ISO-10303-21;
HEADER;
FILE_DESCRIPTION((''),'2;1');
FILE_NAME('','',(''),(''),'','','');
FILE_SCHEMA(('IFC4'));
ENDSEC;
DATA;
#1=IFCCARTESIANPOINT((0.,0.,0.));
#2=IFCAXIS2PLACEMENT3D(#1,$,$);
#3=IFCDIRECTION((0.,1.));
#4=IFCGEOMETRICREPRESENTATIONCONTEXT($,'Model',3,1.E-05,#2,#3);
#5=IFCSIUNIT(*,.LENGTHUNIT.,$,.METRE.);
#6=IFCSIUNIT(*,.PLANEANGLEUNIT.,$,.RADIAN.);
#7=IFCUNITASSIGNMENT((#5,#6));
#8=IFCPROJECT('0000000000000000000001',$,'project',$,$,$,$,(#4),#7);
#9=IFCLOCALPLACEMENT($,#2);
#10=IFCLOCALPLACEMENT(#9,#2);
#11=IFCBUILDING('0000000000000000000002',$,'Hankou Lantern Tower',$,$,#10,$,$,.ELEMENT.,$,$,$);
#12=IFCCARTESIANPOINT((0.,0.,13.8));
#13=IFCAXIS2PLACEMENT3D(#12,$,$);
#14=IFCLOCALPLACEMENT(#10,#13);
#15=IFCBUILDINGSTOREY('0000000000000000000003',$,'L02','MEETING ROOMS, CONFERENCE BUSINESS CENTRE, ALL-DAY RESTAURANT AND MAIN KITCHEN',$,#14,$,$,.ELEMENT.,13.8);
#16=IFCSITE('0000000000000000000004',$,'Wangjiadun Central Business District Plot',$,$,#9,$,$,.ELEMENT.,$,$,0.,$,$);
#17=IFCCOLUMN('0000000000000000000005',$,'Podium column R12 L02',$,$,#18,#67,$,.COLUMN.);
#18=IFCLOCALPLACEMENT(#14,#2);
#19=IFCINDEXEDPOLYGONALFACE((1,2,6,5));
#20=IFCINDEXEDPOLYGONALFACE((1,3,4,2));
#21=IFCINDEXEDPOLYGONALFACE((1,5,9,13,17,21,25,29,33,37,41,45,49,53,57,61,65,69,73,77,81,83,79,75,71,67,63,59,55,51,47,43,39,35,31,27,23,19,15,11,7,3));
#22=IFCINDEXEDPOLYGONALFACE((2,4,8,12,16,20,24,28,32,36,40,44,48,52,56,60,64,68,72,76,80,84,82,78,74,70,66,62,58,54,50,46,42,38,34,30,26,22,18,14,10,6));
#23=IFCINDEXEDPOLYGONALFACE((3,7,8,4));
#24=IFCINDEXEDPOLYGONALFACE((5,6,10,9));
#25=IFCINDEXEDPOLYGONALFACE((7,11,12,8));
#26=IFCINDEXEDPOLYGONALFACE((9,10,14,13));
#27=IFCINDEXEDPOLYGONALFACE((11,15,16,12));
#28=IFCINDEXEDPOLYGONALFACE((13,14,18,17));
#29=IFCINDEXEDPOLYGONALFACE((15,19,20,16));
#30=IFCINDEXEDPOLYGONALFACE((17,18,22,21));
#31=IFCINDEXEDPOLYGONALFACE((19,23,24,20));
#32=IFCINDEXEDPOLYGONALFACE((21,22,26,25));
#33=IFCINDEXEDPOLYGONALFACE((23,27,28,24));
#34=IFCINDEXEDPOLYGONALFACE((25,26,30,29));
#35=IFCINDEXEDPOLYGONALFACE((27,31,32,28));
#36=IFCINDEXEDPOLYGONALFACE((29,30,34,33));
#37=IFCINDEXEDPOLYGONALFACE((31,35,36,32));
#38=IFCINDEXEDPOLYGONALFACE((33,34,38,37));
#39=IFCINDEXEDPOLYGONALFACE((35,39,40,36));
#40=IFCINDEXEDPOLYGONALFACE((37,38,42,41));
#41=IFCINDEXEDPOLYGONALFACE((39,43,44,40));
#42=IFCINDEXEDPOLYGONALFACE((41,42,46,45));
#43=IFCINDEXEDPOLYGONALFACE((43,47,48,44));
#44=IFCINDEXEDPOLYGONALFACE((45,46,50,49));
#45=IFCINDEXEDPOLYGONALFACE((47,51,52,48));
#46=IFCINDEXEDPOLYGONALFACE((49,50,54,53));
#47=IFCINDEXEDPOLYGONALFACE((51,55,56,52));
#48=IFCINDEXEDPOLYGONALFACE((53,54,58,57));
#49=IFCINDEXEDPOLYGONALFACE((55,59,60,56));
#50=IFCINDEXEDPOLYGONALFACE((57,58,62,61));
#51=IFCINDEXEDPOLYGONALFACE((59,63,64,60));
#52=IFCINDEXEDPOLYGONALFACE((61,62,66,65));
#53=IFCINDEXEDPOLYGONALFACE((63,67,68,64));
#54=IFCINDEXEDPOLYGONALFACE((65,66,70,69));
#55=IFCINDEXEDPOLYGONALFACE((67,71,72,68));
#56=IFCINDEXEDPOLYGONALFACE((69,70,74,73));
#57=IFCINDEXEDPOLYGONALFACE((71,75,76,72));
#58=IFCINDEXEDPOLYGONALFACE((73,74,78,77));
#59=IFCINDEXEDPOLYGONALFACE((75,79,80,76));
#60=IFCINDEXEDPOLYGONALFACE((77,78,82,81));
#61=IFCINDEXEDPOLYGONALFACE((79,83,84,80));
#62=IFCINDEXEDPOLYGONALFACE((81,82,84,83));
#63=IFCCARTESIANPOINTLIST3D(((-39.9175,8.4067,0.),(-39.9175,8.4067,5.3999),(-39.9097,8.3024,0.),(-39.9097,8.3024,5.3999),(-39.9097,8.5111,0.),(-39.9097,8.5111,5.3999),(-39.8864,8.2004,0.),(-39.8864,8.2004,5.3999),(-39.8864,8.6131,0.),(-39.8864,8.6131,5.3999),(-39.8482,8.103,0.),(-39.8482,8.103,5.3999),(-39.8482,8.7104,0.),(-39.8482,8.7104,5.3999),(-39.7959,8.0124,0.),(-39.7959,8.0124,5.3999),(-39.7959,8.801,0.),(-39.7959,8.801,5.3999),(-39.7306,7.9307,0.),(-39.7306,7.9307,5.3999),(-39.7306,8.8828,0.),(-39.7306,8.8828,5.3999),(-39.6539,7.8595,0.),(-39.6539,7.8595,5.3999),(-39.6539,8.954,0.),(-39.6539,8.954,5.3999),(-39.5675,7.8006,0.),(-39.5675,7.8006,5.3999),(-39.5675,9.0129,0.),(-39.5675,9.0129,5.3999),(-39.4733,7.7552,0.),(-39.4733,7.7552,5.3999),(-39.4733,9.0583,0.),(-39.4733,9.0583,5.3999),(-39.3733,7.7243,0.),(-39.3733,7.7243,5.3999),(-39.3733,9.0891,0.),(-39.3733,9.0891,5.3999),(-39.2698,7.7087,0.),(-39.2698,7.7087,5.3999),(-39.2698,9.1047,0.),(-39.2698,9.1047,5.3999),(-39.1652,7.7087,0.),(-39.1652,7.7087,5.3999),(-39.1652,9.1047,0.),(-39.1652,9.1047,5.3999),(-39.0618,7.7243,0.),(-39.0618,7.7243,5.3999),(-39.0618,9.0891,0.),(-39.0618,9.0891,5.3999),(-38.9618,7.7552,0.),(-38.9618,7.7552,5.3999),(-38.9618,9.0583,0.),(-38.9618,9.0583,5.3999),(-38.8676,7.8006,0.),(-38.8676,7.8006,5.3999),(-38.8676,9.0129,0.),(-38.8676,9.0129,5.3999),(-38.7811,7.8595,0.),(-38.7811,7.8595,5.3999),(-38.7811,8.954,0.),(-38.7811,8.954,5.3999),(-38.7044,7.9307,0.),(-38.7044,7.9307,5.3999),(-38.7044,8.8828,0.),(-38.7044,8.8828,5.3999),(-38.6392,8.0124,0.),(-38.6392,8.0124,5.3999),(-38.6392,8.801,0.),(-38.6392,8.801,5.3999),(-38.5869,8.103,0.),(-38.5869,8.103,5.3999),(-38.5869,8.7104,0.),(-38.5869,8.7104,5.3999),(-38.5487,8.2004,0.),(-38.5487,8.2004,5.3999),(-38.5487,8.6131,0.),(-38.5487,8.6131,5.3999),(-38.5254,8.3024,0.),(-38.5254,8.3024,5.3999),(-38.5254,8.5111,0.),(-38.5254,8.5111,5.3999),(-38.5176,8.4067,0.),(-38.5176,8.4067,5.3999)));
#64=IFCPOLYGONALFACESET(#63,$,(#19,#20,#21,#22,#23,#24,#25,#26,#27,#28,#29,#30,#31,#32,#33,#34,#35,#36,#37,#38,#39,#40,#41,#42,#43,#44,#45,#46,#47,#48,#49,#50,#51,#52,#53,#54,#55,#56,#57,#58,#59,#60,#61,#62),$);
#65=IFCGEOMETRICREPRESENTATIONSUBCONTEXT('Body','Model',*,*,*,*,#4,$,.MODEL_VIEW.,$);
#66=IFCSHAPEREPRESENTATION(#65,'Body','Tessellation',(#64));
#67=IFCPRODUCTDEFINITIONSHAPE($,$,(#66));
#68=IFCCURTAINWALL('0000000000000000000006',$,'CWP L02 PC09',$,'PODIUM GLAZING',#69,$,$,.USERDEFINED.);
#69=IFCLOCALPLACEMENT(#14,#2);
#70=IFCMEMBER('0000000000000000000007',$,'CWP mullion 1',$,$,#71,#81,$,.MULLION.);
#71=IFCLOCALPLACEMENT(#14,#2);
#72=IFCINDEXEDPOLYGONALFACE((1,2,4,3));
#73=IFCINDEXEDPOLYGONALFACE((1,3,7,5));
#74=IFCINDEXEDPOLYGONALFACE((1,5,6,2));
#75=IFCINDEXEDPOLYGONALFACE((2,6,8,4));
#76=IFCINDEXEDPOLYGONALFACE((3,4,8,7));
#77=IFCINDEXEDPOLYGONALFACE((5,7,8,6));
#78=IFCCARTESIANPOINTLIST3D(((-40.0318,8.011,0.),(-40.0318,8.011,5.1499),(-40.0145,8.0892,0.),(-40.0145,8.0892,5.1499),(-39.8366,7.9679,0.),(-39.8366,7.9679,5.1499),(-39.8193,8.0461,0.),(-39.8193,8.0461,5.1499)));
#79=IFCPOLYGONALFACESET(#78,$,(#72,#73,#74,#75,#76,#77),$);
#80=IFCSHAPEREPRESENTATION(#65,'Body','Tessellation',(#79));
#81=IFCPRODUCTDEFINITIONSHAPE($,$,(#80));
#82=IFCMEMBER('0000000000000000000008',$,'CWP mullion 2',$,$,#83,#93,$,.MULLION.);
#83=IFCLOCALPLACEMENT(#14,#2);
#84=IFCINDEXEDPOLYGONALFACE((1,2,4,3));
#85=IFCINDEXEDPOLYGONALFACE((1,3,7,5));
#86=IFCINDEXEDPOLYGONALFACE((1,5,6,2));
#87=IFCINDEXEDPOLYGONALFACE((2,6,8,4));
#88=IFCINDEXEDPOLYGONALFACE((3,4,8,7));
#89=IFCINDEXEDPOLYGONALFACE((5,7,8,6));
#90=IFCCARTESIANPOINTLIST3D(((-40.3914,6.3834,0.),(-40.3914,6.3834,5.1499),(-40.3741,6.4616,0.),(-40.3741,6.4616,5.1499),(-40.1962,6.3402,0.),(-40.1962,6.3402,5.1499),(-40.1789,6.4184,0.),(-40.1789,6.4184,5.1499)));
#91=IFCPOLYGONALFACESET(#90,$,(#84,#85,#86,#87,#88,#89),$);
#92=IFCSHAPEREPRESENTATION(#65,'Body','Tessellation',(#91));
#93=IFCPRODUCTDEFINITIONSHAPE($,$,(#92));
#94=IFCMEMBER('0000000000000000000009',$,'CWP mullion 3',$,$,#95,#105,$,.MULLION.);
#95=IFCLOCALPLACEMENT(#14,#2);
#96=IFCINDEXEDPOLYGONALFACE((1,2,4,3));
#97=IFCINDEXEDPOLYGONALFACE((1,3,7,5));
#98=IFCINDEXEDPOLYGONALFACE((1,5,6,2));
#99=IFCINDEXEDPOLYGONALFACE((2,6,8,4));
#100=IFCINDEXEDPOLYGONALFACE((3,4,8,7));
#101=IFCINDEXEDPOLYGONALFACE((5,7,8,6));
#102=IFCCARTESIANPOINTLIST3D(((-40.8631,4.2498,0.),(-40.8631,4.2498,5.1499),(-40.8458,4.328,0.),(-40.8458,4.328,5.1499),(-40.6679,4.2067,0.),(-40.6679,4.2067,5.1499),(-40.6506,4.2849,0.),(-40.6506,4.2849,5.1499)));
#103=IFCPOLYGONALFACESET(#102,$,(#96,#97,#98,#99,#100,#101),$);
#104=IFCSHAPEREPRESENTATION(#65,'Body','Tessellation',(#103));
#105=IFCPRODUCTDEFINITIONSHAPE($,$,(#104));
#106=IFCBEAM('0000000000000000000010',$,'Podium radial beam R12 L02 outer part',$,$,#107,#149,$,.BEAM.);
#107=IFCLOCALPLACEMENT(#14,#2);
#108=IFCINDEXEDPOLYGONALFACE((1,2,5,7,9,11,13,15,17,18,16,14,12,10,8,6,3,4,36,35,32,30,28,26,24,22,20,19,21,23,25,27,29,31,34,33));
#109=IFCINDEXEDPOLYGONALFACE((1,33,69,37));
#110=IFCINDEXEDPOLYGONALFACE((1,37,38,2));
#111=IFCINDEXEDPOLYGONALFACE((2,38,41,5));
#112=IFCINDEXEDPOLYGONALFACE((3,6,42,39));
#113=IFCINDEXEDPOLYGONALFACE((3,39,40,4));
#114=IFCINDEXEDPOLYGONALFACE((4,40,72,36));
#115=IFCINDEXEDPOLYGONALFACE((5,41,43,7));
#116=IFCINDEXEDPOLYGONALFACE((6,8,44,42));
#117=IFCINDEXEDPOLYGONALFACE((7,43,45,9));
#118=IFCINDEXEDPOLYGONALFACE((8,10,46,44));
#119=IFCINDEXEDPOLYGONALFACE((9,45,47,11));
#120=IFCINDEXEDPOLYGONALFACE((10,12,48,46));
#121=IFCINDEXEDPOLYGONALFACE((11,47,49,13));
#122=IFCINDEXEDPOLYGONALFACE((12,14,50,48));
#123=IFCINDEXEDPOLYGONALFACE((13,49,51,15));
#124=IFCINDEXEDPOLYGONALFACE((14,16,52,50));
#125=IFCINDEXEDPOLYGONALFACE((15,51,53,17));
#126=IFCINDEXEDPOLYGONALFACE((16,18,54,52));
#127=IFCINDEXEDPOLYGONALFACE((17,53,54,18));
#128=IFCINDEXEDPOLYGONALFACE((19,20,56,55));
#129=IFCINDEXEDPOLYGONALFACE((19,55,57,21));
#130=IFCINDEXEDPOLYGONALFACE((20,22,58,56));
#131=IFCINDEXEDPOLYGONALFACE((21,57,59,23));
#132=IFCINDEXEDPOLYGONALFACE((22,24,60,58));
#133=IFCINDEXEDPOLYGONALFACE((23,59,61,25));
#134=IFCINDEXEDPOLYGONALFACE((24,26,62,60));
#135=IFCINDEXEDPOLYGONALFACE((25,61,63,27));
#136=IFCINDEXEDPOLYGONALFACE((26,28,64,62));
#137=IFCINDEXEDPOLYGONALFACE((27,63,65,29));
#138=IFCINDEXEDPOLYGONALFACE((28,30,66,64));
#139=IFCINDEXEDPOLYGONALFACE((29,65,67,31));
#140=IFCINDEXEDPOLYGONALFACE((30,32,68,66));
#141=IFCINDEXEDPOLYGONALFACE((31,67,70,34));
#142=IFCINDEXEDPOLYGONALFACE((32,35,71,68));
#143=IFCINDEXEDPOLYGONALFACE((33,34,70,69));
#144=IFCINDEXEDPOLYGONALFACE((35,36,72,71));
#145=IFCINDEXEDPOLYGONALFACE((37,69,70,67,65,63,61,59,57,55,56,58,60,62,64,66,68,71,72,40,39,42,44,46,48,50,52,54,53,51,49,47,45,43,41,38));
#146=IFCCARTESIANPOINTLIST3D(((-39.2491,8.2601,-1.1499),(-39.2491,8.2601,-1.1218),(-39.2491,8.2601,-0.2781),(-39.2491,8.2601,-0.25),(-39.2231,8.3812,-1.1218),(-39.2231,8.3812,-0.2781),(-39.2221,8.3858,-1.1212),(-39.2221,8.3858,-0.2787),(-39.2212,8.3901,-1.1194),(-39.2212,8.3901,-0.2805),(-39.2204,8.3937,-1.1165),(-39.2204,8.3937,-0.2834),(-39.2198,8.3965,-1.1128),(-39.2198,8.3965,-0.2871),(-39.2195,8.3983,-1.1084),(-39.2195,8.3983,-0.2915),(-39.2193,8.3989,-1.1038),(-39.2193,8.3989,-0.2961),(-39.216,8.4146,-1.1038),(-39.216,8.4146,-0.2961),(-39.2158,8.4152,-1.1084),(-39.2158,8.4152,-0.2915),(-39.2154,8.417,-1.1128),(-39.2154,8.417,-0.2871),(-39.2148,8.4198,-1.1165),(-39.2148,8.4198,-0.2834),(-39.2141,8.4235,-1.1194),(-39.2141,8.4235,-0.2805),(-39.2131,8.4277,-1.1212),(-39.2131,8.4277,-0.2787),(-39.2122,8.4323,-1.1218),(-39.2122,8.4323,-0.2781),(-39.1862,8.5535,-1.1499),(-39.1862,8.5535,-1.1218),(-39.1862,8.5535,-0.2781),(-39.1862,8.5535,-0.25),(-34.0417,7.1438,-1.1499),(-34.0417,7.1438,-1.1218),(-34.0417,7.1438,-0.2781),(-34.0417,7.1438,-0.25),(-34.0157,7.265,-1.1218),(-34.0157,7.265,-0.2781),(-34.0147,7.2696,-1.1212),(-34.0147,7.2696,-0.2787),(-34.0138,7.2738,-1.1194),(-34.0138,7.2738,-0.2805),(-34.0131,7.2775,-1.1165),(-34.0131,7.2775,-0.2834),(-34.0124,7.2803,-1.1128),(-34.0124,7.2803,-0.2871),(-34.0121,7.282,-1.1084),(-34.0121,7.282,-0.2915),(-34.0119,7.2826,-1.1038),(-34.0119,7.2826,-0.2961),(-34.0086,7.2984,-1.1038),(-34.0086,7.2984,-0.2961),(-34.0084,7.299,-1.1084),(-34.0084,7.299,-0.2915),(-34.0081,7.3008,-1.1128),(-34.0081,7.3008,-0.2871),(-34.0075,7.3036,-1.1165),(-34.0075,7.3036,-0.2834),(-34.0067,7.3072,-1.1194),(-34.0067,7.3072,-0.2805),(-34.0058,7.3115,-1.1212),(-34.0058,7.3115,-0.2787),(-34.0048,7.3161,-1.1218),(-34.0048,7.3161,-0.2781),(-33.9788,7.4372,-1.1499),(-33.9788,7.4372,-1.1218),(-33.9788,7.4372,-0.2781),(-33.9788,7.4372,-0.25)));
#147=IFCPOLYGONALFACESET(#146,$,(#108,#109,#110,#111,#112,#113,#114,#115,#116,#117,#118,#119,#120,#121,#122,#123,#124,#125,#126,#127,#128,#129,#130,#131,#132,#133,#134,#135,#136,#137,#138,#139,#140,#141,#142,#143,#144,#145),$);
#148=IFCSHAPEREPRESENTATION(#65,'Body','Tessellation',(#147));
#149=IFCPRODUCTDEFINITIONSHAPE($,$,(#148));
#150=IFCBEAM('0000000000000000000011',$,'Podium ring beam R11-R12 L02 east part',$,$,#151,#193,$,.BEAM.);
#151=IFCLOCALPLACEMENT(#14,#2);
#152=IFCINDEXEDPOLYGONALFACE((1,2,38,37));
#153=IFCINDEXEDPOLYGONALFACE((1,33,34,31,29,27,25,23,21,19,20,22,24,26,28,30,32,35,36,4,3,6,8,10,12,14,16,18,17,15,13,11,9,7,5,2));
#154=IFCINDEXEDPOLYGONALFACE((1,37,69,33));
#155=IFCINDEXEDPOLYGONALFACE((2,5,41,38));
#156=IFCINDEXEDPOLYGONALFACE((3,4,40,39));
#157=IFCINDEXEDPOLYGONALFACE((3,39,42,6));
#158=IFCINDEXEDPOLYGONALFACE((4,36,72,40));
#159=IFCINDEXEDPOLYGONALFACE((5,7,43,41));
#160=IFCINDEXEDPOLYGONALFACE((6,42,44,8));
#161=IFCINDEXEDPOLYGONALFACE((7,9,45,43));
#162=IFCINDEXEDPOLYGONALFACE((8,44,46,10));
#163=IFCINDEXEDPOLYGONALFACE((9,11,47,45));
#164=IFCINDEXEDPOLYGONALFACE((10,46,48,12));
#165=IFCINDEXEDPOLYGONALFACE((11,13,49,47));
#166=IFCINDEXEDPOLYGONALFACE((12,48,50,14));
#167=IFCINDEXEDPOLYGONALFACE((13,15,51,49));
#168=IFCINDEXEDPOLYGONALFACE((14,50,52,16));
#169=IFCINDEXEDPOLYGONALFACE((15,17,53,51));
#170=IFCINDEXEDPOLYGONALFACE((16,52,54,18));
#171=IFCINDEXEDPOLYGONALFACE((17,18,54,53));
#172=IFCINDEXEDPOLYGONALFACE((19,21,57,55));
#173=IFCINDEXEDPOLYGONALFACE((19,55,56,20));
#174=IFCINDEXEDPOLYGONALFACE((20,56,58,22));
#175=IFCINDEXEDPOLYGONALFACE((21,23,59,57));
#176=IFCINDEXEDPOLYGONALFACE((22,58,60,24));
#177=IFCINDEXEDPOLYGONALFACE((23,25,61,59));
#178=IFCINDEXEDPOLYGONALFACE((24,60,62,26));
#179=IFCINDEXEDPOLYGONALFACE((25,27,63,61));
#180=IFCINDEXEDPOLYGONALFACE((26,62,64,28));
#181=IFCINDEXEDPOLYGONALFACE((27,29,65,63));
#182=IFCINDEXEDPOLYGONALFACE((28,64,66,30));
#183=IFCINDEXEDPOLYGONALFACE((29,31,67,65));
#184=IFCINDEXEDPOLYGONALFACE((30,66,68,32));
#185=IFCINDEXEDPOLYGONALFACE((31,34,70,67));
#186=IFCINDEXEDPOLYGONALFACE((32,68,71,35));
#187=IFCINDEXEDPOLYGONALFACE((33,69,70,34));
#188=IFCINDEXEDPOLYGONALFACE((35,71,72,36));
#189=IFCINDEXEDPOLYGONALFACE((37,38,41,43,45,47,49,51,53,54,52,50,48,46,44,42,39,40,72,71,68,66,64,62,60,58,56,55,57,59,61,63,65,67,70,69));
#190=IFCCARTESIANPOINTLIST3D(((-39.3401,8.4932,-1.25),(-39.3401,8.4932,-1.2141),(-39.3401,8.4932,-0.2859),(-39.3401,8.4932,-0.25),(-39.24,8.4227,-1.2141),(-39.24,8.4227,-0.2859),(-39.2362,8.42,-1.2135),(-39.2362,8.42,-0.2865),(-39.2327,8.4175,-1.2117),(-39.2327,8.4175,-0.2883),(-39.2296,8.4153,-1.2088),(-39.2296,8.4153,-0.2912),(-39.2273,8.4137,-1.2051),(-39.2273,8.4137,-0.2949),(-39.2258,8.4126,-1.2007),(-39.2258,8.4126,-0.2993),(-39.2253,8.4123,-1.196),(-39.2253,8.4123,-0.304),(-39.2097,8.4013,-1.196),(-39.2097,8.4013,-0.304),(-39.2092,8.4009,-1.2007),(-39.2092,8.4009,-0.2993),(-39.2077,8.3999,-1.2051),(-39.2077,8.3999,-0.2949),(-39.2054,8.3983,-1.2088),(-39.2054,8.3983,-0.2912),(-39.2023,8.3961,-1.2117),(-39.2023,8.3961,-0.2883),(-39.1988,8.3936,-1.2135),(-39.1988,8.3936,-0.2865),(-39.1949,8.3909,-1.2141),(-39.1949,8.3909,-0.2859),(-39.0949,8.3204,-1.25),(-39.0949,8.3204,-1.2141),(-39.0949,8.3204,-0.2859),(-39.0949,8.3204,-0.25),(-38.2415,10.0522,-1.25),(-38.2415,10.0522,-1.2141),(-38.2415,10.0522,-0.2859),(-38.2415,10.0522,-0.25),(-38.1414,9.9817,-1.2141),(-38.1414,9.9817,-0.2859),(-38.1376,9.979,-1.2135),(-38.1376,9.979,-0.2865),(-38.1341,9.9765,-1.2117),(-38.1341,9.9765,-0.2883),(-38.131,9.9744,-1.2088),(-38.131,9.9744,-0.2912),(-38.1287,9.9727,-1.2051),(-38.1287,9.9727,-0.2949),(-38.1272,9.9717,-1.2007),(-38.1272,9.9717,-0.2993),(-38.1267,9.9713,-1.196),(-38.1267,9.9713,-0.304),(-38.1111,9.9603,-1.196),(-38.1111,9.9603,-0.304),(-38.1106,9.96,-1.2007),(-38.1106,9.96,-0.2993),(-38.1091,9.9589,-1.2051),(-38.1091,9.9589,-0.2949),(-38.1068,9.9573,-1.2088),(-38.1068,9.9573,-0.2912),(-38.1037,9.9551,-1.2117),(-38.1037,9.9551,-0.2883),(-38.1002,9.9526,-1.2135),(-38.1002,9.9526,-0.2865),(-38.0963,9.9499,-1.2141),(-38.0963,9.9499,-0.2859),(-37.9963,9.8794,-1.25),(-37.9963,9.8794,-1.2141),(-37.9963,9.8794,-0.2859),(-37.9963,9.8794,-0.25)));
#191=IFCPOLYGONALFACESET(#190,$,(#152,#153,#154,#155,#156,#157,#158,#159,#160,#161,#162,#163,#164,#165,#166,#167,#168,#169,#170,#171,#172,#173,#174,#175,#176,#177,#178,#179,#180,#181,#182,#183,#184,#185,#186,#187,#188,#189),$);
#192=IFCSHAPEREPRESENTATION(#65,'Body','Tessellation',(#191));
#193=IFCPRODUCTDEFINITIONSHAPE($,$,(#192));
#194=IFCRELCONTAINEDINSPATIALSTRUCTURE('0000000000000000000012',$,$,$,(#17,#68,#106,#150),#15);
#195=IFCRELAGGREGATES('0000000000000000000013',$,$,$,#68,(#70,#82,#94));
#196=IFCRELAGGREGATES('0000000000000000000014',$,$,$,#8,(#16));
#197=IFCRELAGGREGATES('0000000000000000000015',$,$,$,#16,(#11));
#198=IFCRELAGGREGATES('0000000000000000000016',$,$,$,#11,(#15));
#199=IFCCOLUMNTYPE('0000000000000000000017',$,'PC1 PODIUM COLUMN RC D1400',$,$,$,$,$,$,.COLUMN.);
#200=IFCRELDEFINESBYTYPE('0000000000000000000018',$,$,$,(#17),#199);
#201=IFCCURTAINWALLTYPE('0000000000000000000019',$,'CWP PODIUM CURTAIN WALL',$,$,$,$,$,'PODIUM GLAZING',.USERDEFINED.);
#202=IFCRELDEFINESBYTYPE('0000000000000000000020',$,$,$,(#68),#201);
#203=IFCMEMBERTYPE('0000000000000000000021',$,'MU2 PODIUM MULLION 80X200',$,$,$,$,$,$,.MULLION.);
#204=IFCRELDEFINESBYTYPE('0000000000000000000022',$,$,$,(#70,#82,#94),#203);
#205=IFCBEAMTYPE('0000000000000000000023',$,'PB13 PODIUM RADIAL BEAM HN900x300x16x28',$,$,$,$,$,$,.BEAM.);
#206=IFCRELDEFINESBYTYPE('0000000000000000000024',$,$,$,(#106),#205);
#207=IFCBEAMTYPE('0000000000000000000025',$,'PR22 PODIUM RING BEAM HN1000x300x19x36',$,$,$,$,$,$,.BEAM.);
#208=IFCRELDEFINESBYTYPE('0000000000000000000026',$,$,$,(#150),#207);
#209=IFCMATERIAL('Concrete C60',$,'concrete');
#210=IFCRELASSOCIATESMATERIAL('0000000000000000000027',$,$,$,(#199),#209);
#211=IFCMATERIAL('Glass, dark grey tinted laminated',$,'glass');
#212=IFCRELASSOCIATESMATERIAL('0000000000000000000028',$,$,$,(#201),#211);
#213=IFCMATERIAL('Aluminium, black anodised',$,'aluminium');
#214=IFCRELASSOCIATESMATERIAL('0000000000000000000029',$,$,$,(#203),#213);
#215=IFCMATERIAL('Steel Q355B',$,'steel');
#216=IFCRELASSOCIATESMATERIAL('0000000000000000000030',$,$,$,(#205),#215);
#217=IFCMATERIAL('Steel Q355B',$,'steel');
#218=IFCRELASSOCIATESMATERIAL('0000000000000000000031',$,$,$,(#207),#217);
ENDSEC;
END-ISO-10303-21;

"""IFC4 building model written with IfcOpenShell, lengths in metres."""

from ifc_helpers import new_model, si_unit, direction, frame, origin, origin_2d, place, context, subcontext, project, spatial, rectangle, circle, i_section, extrude, material, material_profile, profile_set, type_object, element, aggregate, save


model = new_model("IFC4")

# Units and contexts
model_context = context("Model", 3, precision=1e-05, world=origin(), true_north=direction((0.0, 1.0)))
body_context = subcontext(model_context, "Body", "Model", "MODEL_VIEW")
ifc_project = project(units=[si_unit("LENGTHUNIT", "METRE"), si_unit("PLANEANGLEUNIT", "RADIAN")], contexts=[model_context])

# Site, building, storey
site_placement = place(None, origin())
site = spatial("IfcSite", under=ifc_project, at=site_placement, Name="Wangjiadun Central Business District Plot", CompositionType="ELEMENT", RefElevation=0.0)
building_placement = place(site_placement, origin())
building = spatial("IfcBuilding", under=site, at=building_placement, Name="Hankou Lantern Tower", CompositionType="ELEMENT")
storey_placement = place(building_placement, frame((0.0, 0.0, 13.8)))
storey = spatial("IfcBuildingStorey", under=building, at=storey_placement, Name="L02", Description="MEETING ROOMS, CONFERENCE BUSINESS CENTRE, ALL-DAY RESTAURANT AND MAIN KITCHEN", CompositionType="ELEMENT", Elevation=13.8)

# Column
ifc_material_1 = material(Name="Concrete C60", Category="concrete")
ifc_material_profile_1 = material_profile(ifc_material_1, circle(Radius=0.7, at=origin_2d()), Name="RC D1400")
ifc_profile_set_1 = profile_set([ifc_material_profile_1], Name="Concrete C60")
column_type = type_object("IfcColumnType", Name="PC1 PODIUM COLUMN RC D1400", PredefinedType="COLUMN", material=ifc_profile_set_1)
column_placement = place(storey_placement, frame((-39.2175, 8.4067, 0.0), z_axis=(0.0, 0.0, 1.0), x_axis=(1.0, 0.0, 0.0)))
element("IfcColumn", 1, at=column_placement, inside=storey, type_object=column_type, Name="Podium column R12 L02", PredefinedType="COLUMN", context=body_context, shape_type="SweptSolid", body=[
    extrude(circle(Radius=0.7, at=origin_2d()), origin(), (0.0, 0.0, 1.0), 5.3999),
])

# Curtain wall, members
ifc_material_2 = material(Name="Glass, dark grey tinted laminated", Category="glass")
curtain_wall_type = type_object("IfcCurtainWallType", Name="CWP PODIUM CURTAIN WALL", ElementType="PODIUM GLAZING", PredefinedType="USERDEFINED", material=ifc_material_2)
curtain_wall_placement = place(storey_placement, origin())
curtain_wall = element("IfcCurtainWall", 2, at=curtain_wall_placement, inside=storey, type_object=curtain_wall_type, Name="CWP L02 PC09", ObjectType="PODIUM GLAZING", PredefinedType="USERDEFINED")
ifc_material_3 = material(Name="Aluminium, black anodised", Category="aluminium")
ifc_material_profile_2 = material_profile(ifc_material_3, rectangle(XDim=0.0801, YDim=0.2, at=origin_2d()), Name="MU2 80X200")
ifc_profile_set_2 = profile_set([ifc_material_profile_2], Name="Aluminium, black anodised")
member_type_1 = type_object("IfcMemberType", Name="MU2 PODIUM MULLION 80X200", PredefinedType="MULLION", material=ifc_profile_set_2)
member_1_placement = place(storey_placement, frame((-39.9255, 8.0286, 0.0), z_axis=(0.0, 0.0, 1.0), x_axis=(-0.215821, -0.976433, 0.0)))
member_1 = element("IfcMember", 3, at=member_1_placement, type_object=member_type_1, Name="CWP mullion 1", PredefinedType="MULLION", context=body_context, shape_type="SweptSolid", body=[
    extrude(rectangle(XDim=0.0801, YDim=0.2, at=origin_2d()), origin(), (0.0, 0.0, 1.0), 5.1499),
])
member_2_placement = place(storey_placement, frame((-40.2852, 6.4009, 0.0), z_axis=(0.0, 0.0, 1.0), x_axis=(-0.215821, -0.976433, 0.0)))
member_2 = element("IfcMember", 4, at=member_2_placement, type_object=member_type_1, Name="CWP mullion 2", PredefinedType="MULLION", context=body_context, shape_type="SweptSolid", body=[
    extrude(rectangle(XDim=0.0801, YDim=0.2, at=origin_2d()), origin(), (0.0, 0.0, 1.0), 5.1499),
])
member_3_placement = place(storey_placement, frame((-40.7568, 4.2673, 0.0), z_axis=(0.0, 0.0, 1.0), x_axis=(-0.215821, -0.976433, 0.0)))
member_3 = element("IfcMember", 5, at=member_3_placement, type_object=member_type_1, Name="CWP mullion 3", PredefinedType="MULLION", context=body_context, shape_type="SweptSolid", body=[
    extrude(rectangle(XDim=0.0801, YDim=0.2, at=origin_2d()), origin(), (0.0, 0.0, 1.0), 5.1499),
])

# Beams
ifc_material_4 = material(Name="Steel Q355B", Category="steel")
ifc_material_profile_3 = material_profile(ifc_material_4, i_section(OverallWidth=0.3, OverallDepth=0.8999, WebThickness=0.0161, FlangeThickness=0.0281, FilletRadius=0.0181, at=origin_2d()), Name="HN900x300x16x28")
ifc_profile_set_3 = profile_set([ifc_material_profile_3], Name="Steel Q355B")
beam_type_1 = type_object("IfcBeamType", Name="PB13 PODIUM RADIAL BEAM HN900x300x16x28", PredefinedType="BEAM", material=ifc_profile_set_3)
beam_1_placement = place(storey_placement, frame((-34.0103, 7.2905, -0.7), z_axis=(-0.977788, 0.209595, 0.0), x_axis=(-0.209595, -0.977788, 0.0)))
element("IfcBeam", 6, at=beam_1_placement, inside=storey, type_object=beam_type_1, Name="Podium radial beam R12 L02 outer part", PredefinedType="BEAM", context=body_context, shape_type="SweptSolid", body=[
    extrude(i_section(OverallWidth=0.3, OverallDepth=0.8999, WebThickness=0.0161, FlangeThickness=0.0281, FilletRadius=0.0181, at=origin_2d()), origin(), (0.0, 0.0, 1.0), 5.3257),
])
ifc_material_5 = material(Name="Steel Q355B", Category="steel")
ifc_material_profile_4 = material_profile(ifc_material_5, i_section(OverallWidth=0.3, OverallDepth=1.0, WebThickness=0.019, FlangeThickness=0.0359, FilletRadius=0.0181, at=origin_2d()), Name="HN1000x300x19x36")
ifc_profile_set_4 = profile_set([ifc_material_profile_4], Name="Steel Q355B")
beam_type_2 = type_object("IfcBeamType", Name="PR22 PODIUM RING BEAM HN1000x300x19x36", PredefinedType="BEAM", material=ifc_profile_set_4)
beam_2_placement = place(storey_placement, frame((-38.1189, 9.9658, -0.75), z_axis=(-0.57602, -0.817436, 0.0), x_axis=(0.817436, -0.57602, 0.0)))
element("IfcBeam", 7, at=beam_2_placement, inside=storey, type_object=beam_type_2, Name="Podium ring beam R11-R12 L02 east part", PredefinedType="BEAM", context=body_context, shape_type="SweptSolid", body=[
    extrude(i_section(OverallWidth=0.3, OverallDepth=1.0, WebThickness=0.019, FlangeThickness=0.0359, FilletRadius=0.0181, at=origin_2d()), origin(), (0.0, 0.0, 1.0), 1.9072),
])

aggregate(curtain_wall, [member_1, member_2, member_3])

save(model, "model.ifc")
